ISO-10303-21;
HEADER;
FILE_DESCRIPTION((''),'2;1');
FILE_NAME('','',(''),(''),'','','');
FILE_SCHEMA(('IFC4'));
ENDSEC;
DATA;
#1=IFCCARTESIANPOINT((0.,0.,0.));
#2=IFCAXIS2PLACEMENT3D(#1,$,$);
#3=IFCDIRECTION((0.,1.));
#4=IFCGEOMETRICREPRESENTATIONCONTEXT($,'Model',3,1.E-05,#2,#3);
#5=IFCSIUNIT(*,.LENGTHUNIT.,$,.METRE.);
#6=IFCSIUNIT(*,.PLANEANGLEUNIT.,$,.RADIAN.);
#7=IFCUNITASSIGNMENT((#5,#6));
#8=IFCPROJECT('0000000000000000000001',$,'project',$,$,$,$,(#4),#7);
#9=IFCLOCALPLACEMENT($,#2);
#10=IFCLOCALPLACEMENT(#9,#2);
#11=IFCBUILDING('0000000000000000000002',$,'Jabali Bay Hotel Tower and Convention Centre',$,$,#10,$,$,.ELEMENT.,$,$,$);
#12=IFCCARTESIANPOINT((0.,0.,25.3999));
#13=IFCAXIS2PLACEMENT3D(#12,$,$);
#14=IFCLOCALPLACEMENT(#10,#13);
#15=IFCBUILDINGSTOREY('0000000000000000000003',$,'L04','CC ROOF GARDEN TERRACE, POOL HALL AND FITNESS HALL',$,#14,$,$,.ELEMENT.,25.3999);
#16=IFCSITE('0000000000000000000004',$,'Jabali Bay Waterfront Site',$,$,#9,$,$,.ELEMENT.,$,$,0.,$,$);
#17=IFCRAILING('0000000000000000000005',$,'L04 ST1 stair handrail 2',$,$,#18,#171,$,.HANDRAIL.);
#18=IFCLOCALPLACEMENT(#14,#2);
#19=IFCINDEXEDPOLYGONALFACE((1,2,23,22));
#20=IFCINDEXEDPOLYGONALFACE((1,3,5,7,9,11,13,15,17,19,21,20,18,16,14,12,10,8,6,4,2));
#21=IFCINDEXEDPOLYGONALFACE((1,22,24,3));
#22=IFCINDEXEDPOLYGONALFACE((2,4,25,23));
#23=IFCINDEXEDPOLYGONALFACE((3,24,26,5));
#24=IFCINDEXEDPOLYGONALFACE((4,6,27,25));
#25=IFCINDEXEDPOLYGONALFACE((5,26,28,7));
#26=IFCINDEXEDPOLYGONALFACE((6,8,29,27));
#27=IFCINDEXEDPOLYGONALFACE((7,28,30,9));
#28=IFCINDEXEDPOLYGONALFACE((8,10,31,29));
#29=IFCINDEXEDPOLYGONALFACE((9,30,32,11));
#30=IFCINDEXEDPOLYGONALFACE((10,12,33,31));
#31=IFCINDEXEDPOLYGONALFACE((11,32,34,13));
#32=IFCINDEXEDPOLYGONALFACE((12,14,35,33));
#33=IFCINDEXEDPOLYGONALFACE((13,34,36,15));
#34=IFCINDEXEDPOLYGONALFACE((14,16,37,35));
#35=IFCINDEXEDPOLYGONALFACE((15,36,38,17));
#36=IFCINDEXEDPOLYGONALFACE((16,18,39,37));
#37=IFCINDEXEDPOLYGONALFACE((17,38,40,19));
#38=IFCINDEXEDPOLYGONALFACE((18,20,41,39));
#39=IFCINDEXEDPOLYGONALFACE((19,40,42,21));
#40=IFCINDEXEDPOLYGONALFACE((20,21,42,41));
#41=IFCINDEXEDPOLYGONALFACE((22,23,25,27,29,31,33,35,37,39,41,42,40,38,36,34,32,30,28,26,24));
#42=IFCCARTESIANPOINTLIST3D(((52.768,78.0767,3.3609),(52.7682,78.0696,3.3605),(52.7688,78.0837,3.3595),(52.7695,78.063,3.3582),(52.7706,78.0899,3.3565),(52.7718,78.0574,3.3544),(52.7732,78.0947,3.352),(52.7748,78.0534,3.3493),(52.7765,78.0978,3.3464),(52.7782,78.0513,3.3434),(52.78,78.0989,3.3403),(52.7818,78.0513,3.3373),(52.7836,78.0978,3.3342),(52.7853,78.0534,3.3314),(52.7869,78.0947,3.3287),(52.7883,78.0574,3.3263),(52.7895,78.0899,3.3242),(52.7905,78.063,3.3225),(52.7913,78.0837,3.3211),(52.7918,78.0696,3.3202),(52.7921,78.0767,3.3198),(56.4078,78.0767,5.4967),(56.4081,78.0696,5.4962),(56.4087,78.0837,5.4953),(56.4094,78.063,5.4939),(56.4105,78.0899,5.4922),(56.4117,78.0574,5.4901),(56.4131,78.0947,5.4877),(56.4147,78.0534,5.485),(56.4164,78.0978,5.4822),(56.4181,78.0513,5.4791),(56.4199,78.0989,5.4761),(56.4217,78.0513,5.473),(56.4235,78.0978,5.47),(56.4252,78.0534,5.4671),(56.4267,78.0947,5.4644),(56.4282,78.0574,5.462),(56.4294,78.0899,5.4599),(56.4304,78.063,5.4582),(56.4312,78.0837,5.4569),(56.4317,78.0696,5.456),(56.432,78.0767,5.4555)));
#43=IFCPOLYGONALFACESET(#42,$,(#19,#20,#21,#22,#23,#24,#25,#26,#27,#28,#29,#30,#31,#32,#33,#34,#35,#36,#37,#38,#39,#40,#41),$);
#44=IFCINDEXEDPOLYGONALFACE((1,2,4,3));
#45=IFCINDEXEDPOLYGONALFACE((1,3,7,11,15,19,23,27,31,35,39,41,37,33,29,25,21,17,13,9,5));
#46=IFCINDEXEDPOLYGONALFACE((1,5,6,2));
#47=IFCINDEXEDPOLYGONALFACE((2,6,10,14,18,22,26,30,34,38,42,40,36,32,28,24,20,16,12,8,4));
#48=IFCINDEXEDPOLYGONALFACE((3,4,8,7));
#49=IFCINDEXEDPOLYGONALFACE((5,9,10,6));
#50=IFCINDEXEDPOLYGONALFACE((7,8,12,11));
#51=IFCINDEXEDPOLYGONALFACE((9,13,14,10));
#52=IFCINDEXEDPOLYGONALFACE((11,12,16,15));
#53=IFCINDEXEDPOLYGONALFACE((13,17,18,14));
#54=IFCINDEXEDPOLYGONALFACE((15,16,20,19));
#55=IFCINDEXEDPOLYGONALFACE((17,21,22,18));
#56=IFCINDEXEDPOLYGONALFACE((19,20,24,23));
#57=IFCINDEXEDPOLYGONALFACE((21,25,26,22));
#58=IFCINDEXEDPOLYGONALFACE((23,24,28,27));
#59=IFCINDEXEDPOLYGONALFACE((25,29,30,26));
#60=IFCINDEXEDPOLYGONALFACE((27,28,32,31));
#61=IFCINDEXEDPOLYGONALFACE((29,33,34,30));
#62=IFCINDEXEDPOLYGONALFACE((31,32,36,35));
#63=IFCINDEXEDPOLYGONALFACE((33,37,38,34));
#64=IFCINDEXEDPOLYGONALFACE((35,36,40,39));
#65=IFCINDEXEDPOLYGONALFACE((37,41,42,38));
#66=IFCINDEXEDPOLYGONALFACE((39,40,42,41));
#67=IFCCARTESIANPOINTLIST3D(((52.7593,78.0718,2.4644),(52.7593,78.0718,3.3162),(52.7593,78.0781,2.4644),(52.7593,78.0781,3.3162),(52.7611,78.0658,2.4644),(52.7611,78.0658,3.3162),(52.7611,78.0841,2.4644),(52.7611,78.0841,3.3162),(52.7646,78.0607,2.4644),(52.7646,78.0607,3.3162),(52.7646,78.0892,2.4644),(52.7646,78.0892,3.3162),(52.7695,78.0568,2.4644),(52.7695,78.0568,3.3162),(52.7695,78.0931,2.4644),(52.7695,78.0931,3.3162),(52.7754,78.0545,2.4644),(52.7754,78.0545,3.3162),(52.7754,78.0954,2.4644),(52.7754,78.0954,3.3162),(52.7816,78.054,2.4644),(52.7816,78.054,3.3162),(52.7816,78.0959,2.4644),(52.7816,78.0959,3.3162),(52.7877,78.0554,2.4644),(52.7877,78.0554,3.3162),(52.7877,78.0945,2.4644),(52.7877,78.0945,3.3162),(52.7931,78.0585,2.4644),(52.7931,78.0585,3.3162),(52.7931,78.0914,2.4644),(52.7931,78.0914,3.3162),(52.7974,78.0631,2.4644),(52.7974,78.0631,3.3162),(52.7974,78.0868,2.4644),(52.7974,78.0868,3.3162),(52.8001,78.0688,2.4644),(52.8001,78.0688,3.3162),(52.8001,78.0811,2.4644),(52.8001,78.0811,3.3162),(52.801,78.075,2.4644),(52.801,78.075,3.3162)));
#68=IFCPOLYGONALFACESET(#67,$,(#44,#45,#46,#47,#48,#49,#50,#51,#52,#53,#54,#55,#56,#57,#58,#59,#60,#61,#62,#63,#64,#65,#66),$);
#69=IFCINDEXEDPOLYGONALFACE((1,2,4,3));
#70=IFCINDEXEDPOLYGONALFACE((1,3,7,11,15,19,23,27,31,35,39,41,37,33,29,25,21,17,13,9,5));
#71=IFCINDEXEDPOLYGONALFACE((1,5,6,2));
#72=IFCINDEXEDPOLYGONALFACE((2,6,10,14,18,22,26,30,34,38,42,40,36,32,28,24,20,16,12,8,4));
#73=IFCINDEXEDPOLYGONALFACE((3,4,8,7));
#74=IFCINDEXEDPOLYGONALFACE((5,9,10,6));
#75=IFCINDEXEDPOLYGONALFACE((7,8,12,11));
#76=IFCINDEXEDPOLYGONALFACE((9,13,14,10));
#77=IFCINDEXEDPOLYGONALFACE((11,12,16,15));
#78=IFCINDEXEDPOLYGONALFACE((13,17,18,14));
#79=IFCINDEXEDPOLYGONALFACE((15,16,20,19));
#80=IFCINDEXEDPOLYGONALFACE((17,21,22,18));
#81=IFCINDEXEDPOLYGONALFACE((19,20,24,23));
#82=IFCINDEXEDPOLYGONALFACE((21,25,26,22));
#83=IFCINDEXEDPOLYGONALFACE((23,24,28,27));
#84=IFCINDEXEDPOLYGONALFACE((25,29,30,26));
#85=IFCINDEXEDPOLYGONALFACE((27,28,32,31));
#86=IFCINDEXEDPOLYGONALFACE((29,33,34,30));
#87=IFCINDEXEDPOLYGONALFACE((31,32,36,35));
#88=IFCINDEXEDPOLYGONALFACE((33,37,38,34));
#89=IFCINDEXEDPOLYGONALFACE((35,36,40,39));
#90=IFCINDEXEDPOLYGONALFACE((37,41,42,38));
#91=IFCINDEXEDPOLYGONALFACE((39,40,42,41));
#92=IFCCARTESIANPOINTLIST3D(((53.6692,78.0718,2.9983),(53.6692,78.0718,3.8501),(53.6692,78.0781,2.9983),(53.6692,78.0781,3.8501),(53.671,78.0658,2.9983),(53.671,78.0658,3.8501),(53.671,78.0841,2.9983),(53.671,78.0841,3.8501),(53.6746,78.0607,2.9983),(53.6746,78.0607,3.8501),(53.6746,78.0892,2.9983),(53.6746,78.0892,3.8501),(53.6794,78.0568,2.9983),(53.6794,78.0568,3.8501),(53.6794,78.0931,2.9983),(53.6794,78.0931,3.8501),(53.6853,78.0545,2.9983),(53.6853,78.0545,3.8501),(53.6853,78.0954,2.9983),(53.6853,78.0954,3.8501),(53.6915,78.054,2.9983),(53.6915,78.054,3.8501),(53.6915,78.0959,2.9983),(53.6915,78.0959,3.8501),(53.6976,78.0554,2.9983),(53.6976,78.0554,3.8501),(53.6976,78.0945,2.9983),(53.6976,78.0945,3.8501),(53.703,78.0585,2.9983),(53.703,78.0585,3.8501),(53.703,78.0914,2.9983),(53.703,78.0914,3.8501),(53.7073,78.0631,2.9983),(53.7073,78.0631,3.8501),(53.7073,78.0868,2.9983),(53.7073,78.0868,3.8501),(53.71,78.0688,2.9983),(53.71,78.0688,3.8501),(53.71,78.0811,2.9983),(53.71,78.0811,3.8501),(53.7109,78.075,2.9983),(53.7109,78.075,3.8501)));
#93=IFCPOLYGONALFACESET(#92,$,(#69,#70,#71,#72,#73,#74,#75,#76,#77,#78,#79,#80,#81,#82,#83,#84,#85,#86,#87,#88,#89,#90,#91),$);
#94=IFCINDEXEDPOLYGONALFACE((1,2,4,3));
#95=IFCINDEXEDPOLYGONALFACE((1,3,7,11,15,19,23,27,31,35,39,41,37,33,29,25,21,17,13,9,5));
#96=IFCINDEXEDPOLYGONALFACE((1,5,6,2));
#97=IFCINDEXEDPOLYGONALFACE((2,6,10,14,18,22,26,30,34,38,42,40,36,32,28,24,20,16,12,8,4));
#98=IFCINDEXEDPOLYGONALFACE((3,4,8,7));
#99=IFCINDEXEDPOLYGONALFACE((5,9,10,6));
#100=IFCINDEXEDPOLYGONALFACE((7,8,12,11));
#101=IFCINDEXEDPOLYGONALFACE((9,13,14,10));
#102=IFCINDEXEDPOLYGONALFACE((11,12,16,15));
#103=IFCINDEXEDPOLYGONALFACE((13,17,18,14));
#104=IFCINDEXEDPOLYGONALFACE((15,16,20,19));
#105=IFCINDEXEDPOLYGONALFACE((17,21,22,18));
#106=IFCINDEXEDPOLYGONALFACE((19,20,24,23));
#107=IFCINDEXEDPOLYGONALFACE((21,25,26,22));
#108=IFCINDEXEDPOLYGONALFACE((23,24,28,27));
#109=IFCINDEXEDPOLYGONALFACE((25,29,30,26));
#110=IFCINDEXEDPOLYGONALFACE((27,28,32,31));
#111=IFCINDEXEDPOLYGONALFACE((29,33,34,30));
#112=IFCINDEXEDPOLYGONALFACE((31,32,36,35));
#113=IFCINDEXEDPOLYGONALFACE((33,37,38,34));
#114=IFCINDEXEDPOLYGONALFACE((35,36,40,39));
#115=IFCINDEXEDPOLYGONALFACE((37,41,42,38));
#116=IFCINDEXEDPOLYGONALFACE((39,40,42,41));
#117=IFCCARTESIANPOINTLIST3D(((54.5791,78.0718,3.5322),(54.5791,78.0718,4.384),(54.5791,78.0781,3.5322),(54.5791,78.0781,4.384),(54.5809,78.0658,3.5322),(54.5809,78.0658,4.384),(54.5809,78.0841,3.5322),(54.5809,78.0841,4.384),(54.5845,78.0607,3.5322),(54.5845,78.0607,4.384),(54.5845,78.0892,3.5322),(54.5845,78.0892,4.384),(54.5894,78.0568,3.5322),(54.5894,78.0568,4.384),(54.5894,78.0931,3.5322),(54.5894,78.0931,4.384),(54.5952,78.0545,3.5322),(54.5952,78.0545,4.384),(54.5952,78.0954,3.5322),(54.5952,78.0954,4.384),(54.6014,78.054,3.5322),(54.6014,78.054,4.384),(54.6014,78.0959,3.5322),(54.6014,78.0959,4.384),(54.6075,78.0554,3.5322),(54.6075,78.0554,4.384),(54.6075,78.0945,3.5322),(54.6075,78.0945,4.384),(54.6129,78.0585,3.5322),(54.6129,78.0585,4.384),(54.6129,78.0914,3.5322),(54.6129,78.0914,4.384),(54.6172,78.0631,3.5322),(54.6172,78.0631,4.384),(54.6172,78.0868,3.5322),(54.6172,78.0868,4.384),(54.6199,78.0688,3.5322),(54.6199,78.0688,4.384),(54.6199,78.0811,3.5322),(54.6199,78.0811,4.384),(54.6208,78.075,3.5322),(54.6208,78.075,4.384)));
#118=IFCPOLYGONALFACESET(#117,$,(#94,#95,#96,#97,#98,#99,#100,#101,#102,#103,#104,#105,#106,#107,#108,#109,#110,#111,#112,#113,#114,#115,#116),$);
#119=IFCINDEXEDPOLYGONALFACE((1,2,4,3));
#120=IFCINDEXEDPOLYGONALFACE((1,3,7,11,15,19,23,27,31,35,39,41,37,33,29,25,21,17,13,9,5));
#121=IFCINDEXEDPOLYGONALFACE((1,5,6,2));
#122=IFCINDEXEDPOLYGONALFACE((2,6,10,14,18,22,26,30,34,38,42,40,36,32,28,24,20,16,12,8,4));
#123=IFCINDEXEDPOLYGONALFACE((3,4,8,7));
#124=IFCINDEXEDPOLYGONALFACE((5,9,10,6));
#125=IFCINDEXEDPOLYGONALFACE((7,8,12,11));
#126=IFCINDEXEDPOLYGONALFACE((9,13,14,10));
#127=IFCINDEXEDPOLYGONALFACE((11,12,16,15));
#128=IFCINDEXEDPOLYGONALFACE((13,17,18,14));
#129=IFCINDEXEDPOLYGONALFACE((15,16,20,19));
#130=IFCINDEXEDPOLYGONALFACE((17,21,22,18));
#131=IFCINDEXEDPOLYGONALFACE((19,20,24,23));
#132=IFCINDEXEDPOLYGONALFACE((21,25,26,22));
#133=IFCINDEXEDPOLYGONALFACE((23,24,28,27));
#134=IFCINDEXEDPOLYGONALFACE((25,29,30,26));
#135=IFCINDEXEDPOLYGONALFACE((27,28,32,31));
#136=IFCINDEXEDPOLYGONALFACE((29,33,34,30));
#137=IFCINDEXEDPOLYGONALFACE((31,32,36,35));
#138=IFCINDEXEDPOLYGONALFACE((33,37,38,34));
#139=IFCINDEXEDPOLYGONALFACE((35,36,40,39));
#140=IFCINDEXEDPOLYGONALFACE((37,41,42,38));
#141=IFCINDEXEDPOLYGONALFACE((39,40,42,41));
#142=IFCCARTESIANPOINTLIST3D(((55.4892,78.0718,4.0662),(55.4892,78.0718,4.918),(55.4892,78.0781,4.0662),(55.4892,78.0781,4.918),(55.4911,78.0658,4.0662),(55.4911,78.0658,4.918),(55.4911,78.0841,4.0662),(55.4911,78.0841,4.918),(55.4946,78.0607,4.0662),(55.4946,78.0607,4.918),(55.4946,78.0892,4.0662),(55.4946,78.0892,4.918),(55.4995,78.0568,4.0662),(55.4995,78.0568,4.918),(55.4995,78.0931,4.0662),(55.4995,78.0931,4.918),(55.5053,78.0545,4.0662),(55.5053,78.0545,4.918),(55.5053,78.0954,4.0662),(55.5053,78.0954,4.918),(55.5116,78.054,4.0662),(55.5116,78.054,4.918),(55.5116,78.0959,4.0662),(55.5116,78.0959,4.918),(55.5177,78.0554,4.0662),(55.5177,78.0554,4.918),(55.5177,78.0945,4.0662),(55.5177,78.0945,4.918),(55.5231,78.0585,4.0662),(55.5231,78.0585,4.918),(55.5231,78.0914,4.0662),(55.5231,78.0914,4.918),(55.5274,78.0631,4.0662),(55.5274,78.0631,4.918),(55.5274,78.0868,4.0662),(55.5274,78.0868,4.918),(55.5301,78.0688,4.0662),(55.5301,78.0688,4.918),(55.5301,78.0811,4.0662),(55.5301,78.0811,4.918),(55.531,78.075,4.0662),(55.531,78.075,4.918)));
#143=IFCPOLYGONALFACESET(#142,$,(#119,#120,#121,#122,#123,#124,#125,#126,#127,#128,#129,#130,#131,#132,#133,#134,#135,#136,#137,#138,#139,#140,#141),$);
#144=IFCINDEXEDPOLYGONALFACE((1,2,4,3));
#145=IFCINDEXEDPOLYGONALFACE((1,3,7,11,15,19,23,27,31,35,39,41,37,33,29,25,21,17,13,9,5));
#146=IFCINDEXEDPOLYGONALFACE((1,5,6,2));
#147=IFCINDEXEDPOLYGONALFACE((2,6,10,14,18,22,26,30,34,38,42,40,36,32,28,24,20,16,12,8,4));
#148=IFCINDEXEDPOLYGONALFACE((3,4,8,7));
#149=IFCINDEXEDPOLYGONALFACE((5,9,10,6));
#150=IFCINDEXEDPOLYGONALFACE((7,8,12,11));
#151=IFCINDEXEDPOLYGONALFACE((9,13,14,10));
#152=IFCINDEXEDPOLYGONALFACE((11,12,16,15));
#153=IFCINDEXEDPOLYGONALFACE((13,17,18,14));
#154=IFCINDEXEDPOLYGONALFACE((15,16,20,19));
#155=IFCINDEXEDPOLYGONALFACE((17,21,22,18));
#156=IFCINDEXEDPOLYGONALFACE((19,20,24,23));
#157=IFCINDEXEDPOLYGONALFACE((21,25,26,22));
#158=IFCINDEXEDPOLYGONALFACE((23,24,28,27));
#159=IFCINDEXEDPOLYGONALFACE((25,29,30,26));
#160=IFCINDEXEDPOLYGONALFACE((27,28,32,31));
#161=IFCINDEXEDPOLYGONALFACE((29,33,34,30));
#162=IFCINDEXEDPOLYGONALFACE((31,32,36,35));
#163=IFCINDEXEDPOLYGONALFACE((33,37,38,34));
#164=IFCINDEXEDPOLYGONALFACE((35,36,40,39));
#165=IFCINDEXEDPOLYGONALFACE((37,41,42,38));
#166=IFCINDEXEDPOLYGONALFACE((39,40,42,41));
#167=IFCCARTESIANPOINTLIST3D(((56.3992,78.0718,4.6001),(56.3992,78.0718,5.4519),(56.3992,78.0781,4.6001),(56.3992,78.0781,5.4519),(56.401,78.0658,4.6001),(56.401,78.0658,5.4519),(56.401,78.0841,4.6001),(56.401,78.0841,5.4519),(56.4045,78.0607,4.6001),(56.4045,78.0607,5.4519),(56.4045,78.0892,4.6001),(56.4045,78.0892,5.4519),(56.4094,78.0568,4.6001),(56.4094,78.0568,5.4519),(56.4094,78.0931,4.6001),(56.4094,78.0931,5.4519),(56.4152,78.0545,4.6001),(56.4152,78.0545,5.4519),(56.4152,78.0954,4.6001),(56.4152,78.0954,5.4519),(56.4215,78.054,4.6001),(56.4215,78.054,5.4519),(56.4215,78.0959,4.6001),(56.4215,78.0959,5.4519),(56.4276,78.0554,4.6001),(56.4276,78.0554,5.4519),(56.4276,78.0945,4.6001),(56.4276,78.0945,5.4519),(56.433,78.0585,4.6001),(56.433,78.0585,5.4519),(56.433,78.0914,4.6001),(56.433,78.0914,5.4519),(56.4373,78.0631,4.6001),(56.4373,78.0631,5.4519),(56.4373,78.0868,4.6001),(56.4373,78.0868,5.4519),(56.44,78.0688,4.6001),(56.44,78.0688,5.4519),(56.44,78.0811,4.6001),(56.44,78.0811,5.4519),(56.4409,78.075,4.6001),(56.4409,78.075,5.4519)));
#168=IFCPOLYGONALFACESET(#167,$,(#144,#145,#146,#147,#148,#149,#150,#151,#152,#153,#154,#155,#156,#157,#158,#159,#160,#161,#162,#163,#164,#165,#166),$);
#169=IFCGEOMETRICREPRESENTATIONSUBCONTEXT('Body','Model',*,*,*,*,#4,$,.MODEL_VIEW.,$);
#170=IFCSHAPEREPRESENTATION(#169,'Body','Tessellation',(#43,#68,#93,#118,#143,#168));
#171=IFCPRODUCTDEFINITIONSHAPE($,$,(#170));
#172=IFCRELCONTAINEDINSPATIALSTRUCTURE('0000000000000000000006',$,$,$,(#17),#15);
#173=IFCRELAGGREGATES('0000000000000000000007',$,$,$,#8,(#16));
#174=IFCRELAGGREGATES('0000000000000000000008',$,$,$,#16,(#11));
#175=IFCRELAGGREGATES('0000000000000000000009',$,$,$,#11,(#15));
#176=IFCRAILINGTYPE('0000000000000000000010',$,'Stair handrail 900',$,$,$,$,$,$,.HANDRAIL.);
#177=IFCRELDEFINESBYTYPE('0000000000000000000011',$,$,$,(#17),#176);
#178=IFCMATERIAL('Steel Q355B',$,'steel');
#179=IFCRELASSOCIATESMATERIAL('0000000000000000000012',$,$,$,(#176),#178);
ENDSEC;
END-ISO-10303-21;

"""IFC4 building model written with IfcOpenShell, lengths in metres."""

from ifc_helpers import new_model, si_unit, direction, frame, origin, origin_2d, place, context, subcontext, project, spatial, circle, extrude, material, type_object, element, save


model = new_model("IFC4")

# Units and contexts
model_context = context("Model", 3, precision=1e-05, world=origin(), true_north=direction((0.0, 1.0)))
body_context = subcontext(model_context, "Body", "Model", "MODEL_VIEW")
ifc_project = project(units=[si_unit("LENGTHUNIT", "METRE"), si_unit("PLANEANGLEUNIT", "RADIAN")], contexts=[model_context])

# Site, building, storey
site_placement = place(None, origin())
site = spatial("IfcSite", under=ifc_project, at=site_placement, Name="Jabali Bay Waterfront Site", CompositionType="ELEMENT", RefElevation=0.0)
building_placement = place(site_placement, origin())
building = spatial("IfcBuilding", under=site, at=building_placement, Name="Jabali Bay Hotel Tower and Convention Centre", CompositionType="ELEMENT")
storey_placement = place(building_placement, frame((0.0, 0.0, 25.3999)))
storey = spatial("IfcBuildingStorey", under=building, at=storey_placement, Name="L04", Description="CC ROOF GARDEN TERRACE, POOL HALL AND FITNESS HALL", CompositionType="ELEMENT", Elevation=25.3999)

# Railing
ifc_material_1 = material(Name="Steel Q355B", Category="steel")
railing_type_1 = type_object("IfcRailingType", Name="Stair handrail 900", PredefinedType="HANDRAIL", material=ifc_material_1)
railing_1_placement = place(storey_placement, frame((52.78, 78.075, 2.4644)))
element("IfcRailing", 1, at=railing_1_placement, inside=storey, type_object=railing_type_1, Name="L04 ST1 stair handrail 2", PredefinedType="HANDRAIL", context=body_context, shape_type="SweptSolid", body=[
    extrude(circle(Radius=0.0239, at=origin_2d()), frame((0.0, 0.0, 0.876), z_axis=(0.86249, 0.0, 0.506074), x_axis=(0.0, 1.0, 0.0)), (0.0, 0.0, 1.0), 4.2202),
    extrude(circle(Radius=0.021, at=origin_2d()), origin(), (0.0, 0.0, 1.0), 0.8518),
    extrude(circle(Radius=0.021, at=origin_2d()), frame((0.9099, 0.0, 0.5339)), (0.0, 0.0, 1.0), 0.8518),
    extrude(circle(Radius=0.021, at=origin_2d()), frame((1.8198, 0.0, 1.0679)), (0.0, 0.0, 1.0), 0.8518),
    extrude(circle(Radius=0.021, at=origin_2d()), frame((2.73, 0.0, 1.6018)), (0.0, 0.0, 1.0), 0.8518),
    extrude(circle(Radius=0.021, at=origin_2d()), frame((3.6399, 0.0, 2.1357)), (0.0, 0.0, 1.0), 0.8518),
])

save(model, "model.ifc")
